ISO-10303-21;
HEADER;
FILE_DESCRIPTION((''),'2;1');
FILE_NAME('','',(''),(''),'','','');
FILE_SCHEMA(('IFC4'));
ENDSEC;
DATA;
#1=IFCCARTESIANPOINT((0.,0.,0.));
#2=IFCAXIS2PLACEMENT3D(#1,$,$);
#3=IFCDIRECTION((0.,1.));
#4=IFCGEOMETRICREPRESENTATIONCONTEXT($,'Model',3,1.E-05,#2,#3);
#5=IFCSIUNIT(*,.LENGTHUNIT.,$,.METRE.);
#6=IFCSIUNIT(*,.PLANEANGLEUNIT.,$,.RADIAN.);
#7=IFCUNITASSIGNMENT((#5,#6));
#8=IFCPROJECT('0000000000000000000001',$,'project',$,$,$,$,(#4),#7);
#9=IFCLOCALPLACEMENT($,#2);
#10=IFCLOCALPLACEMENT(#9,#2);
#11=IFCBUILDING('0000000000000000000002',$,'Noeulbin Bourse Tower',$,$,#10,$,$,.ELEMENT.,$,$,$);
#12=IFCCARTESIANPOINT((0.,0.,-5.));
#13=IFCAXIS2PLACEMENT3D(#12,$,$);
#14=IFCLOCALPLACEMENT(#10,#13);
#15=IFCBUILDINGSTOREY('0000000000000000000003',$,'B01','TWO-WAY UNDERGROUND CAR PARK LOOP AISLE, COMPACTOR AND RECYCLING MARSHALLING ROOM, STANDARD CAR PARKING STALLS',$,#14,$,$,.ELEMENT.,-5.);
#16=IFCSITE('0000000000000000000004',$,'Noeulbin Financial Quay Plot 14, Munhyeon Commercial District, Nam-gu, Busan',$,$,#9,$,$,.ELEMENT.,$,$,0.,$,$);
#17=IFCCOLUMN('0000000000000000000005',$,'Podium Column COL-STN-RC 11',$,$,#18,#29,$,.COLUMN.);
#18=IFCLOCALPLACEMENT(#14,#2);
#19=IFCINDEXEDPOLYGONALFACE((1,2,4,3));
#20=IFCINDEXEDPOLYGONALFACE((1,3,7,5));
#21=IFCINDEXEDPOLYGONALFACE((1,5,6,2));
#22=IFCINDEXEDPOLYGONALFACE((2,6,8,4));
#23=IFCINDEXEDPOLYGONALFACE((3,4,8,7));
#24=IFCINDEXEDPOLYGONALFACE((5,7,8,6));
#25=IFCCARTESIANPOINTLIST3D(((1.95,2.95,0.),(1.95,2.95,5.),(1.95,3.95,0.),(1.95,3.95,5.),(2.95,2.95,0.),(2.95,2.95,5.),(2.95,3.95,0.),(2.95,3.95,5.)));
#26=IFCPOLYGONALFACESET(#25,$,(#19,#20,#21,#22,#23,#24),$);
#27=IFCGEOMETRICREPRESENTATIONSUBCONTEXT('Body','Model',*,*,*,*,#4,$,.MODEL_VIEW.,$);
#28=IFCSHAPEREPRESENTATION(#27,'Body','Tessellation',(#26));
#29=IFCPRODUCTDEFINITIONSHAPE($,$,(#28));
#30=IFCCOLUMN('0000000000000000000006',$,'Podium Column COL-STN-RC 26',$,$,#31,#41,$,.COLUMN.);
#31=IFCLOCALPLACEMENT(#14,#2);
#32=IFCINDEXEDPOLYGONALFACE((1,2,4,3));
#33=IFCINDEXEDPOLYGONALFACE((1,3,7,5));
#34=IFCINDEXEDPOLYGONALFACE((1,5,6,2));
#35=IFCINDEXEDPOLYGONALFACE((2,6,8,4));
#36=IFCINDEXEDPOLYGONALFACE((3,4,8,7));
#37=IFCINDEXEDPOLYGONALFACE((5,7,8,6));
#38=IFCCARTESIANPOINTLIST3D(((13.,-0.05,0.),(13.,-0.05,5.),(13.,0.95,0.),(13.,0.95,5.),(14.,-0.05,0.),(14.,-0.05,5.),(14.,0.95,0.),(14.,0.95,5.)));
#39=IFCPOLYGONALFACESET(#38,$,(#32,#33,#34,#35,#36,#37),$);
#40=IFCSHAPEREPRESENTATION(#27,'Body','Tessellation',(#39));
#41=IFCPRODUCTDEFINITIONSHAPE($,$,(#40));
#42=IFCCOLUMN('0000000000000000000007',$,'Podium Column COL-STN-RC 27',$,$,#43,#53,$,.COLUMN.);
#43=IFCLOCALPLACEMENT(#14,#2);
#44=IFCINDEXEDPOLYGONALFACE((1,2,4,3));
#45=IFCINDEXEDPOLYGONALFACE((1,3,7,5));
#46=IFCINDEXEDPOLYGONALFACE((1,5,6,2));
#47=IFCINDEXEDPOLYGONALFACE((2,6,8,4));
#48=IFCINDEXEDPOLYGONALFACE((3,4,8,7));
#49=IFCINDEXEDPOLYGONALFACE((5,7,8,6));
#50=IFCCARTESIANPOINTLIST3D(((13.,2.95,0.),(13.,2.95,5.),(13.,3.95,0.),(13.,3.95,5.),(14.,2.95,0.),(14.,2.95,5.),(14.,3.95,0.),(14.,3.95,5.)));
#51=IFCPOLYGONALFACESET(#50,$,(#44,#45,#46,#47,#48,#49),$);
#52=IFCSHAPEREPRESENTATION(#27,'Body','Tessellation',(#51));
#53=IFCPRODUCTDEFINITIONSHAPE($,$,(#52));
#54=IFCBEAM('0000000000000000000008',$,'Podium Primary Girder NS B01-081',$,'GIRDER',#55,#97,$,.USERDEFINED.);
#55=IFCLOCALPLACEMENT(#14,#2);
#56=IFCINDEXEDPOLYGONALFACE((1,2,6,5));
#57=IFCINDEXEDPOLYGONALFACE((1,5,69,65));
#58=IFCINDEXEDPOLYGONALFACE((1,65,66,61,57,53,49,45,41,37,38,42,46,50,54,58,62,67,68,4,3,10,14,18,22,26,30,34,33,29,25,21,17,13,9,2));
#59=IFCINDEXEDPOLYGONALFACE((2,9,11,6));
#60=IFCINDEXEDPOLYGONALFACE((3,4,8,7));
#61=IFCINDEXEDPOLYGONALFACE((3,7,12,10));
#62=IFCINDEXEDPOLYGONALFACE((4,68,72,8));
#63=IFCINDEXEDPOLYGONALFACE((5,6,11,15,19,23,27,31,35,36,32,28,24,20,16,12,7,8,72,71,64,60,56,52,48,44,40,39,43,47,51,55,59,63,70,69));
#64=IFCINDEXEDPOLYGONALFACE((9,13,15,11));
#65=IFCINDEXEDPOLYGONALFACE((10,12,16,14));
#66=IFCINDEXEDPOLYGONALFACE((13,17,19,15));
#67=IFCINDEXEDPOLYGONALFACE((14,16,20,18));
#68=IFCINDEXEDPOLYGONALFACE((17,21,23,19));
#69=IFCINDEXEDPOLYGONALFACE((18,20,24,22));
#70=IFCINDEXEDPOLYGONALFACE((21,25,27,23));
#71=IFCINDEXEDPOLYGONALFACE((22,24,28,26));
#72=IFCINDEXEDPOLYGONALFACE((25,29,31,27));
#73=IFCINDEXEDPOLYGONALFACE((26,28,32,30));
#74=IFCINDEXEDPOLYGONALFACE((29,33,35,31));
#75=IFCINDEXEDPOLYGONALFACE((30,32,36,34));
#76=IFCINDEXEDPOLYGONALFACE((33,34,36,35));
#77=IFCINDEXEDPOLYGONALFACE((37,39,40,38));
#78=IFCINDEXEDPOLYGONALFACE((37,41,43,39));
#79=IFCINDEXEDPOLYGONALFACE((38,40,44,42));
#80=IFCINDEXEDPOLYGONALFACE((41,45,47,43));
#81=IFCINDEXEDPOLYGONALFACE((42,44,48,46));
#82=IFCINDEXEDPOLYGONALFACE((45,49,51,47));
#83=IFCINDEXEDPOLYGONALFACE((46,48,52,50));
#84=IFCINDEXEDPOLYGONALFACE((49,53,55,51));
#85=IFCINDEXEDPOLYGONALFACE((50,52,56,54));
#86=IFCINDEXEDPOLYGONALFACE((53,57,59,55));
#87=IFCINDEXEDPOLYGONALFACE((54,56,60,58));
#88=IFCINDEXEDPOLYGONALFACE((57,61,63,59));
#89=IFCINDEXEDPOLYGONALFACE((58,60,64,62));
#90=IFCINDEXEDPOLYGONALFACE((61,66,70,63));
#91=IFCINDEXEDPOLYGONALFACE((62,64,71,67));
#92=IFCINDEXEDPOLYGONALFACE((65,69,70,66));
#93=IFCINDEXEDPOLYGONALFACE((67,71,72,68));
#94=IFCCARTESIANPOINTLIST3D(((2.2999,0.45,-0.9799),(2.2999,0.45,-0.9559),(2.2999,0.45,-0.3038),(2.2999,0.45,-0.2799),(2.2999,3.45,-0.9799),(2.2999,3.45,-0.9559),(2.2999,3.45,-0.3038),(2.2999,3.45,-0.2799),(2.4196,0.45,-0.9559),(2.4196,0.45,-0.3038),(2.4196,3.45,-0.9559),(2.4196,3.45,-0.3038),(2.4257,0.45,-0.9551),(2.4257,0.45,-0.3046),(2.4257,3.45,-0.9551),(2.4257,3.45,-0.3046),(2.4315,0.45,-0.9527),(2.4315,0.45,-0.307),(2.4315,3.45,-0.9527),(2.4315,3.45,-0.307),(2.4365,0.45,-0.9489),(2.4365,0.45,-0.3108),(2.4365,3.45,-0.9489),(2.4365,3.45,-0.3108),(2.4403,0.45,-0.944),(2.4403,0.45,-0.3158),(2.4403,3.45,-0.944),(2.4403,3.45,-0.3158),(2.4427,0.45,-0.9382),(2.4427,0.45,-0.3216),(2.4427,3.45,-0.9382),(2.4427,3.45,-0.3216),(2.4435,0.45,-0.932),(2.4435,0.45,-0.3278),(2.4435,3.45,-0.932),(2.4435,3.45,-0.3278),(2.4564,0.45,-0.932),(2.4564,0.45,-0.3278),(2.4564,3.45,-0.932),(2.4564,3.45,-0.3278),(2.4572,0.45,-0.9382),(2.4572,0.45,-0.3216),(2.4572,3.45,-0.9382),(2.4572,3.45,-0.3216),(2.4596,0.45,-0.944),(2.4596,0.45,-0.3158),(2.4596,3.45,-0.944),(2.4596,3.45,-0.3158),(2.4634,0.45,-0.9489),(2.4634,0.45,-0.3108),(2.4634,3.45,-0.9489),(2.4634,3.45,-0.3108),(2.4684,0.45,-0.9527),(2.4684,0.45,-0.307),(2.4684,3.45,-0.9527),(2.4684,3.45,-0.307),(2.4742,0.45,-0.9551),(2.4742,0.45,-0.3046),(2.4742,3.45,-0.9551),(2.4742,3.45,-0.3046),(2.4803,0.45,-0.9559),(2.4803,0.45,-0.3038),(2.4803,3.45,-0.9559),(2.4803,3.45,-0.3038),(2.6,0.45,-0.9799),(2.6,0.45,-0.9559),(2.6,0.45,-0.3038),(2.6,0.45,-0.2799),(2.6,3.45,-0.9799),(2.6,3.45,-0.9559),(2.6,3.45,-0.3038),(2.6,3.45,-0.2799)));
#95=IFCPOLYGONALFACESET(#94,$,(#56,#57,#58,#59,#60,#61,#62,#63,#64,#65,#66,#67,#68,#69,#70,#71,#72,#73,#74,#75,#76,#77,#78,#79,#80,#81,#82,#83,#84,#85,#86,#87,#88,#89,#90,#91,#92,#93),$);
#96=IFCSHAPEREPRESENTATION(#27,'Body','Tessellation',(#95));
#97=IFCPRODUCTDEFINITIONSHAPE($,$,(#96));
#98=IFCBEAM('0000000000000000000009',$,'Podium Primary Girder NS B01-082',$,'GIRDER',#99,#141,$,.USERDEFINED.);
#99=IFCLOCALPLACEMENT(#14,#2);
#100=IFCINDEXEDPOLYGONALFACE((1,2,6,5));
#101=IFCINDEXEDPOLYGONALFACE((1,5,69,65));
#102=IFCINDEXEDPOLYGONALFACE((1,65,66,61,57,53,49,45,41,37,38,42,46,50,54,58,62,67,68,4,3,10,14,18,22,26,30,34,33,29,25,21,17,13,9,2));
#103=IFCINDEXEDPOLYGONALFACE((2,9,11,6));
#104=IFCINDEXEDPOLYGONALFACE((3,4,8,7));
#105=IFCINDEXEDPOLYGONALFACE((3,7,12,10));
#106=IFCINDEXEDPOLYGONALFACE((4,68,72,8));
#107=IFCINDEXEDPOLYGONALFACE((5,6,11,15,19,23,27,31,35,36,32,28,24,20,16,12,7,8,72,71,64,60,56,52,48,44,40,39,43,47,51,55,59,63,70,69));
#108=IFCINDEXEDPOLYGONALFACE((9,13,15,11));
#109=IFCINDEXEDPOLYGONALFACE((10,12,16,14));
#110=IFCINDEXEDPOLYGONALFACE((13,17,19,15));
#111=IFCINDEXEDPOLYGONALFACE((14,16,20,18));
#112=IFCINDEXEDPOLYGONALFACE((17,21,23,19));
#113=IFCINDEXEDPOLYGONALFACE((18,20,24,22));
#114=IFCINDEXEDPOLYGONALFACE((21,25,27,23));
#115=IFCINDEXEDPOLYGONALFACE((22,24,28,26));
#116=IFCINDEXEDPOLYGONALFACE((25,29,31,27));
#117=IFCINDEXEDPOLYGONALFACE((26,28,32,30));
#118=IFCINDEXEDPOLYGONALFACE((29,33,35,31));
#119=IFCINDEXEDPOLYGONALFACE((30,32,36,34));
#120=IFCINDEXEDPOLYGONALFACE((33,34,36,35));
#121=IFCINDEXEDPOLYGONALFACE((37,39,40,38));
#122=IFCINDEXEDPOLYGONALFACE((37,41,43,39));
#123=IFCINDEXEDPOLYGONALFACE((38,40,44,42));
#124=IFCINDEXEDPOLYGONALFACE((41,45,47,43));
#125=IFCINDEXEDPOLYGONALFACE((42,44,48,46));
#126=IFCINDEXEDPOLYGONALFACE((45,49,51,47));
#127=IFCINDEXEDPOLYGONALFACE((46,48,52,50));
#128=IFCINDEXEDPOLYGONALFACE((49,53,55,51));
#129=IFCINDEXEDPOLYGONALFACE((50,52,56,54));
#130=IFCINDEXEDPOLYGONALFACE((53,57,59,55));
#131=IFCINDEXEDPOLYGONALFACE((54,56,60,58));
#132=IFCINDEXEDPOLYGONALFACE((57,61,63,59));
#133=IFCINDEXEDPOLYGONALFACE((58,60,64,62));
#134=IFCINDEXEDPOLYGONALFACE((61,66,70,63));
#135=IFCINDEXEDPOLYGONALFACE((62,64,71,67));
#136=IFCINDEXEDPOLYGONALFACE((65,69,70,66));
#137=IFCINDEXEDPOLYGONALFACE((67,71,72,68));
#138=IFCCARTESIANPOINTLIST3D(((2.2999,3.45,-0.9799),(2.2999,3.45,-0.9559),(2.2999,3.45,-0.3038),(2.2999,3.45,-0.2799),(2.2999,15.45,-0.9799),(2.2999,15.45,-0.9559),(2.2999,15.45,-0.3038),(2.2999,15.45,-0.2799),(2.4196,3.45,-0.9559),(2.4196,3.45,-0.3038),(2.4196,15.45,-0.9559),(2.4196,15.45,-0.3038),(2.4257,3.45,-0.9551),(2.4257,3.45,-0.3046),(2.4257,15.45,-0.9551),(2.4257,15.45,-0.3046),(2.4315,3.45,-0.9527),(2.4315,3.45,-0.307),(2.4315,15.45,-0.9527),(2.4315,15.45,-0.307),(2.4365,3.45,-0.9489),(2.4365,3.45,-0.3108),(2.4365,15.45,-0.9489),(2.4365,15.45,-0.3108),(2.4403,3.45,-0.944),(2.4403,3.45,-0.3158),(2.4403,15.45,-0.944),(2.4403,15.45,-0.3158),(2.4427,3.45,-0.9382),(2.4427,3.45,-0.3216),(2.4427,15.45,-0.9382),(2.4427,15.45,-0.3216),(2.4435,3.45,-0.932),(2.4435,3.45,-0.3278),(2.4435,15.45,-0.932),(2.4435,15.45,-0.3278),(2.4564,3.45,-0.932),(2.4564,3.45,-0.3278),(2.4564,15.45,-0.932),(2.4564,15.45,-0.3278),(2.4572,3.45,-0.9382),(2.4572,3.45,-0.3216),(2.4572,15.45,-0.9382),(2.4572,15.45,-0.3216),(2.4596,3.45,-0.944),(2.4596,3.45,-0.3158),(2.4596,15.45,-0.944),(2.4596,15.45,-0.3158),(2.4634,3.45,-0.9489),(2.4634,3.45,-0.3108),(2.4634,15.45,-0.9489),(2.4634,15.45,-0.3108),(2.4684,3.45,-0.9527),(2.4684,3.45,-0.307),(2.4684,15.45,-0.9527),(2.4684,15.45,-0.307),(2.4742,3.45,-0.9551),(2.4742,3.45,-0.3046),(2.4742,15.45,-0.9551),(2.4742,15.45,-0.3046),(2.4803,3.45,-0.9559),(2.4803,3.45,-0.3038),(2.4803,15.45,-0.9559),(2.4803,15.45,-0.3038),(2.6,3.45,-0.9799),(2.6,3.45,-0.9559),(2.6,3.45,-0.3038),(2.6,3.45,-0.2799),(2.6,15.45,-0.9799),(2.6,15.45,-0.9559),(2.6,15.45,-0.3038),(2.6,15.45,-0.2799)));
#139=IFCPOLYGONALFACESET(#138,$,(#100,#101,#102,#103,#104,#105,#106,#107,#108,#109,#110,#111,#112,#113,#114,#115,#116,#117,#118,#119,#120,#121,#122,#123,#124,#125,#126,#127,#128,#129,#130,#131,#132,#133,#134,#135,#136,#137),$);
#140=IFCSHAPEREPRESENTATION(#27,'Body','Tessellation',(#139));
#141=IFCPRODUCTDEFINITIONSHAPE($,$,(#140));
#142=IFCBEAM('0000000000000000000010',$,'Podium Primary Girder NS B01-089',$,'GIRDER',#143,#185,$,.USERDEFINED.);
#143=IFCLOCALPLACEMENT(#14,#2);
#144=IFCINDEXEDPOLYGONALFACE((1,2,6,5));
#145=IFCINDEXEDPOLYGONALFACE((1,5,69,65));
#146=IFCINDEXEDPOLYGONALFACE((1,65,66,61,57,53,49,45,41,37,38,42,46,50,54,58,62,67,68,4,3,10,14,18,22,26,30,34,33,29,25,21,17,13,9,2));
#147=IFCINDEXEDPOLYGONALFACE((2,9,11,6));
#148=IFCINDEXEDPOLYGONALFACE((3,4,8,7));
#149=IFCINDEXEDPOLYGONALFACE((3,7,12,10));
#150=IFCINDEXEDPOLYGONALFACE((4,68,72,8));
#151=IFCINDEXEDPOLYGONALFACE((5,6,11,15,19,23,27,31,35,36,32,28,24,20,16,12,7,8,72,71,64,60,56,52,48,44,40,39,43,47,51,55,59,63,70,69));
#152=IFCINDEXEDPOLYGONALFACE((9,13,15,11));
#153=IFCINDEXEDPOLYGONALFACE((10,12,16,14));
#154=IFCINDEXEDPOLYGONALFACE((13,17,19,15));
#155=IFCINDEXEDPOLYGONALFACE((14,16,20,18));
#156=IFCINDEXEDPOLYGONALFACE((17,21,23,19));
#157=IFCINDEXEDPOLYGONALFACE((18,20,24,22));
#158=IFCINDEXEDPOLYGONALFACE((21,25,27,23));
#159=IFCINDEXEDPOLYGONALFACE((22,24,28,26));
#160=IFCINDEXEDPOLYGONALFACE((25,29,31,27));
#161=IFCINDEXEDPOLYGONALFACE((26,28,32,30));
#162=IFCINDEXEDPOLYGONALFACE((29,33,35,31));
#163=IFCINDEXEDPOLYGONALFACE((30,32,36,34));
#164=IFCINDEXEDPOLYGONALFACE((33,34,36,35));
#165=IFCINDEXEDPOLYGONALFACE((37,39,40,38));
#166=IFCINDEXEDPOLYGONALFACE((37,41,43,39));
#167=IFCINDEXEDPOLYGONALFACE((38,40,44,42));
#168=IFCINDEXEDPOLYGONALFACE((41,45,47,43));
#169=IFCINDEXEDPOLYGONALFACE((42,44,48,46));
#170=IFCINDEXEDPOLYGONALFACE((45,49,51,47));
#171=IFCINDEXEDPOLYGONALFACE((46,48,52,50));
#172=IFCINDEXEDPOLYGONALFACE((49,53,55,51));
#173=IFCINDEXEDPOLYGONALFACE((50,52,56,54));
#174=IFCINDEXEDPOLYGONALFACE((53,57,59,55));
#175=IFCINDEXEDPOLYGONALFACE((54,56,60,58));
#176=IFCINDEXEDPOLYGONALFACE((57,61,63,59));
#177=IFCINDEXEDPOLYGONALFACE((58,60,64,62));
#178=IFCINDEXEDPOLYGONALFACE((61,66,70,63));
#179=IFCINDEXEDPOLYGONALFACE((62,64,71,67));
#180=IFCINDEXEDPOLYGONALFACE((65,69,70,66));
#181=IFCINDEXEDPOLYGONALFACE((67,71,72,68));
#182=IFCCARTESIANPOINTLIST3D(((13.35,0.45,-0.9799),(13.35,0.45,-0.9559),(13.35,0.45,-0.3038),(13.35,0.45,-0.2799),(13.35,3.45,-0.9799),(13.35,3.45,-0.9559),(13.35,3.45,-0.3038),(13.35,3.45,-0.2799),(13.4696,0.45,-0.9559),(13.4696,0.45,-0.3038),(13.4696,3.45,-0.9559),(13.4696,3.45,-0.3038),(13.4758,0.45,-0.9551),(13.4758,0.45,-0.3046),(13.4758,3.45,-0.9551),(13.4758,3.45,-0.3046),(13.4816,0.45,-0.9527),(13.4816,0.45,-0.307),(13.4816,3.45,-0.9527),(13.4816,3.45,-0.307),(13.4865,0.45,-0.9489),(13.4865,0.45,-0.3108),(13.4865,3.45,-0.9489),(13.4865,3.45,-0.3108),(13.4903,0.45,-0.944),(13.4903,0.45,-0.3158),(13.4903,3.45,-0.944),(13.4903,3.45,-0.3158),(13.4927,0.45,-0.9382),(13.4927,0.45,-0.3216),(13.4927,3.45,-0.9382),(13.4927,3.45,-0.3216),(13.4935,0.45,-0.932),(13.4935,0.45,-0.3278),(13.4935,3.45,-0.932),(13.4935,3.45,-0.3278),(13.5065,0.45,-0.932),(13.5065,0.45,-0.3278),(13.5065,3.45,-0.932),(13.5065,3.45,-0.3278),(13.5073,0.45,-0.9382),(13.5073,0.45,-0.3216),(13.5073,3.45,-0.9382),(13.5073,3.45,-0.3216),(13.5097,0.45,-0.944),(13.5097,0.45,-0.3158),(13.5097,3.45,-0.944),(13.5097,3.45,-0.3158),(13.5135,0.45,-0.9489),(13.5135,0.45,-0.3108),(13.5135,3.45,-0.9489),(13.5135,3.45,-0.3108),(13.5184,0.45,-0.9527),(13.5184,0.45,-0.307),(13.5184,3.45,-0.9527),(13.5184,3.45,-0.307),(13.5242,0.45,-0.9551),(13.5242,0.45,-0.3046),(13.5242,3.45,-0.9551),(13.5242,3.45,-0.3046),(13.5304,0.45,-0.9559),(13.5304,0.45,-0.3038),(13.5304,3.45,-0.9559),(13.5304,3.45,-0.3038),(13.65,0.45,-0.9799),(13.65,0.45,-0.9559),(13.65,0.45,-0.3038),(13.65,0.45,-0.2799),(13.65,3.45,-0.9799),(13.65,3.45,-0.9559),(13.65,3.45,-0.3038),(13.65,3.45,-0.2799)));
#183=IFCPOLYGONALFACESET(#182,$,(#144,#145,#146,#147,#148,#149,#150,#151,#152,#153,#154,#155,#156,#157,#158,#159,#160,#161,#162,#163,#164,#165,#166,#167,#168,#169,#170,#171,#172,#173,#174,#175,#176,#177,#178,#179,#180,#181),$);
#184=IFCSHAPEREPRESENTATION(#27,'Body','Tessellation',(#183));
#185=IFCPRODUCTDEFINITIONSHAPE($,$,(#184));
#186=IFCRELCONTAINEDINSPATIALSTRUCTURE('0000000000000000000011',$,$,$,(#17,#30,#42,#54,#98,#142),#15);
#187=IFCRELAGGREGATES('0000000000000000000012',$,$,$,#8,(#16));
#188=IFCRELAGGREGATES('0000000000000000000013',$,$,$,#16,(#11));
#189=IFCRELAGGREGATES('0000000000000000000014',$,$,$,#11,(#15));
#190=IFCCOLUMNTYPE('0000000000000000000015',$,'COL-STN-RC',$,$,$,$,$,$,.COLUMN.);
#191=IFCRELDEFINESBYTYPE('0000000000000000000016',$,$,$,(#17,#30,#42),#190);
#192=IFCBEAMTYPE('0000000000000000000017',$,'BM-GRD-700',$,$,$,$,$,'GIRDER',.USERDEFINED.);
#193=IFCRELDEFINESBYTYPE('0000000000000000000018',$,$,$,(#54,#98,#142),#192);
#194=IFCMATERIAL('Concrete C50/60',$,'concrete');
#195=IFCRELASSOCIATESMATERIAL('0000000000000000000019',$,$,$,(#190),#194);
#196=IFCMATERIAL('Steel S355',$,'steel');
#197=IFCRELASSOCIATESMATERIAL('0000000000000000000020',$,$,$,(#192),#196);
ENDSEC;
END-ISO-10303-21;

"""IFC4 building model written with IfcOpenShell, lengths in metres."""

from ifc_helpers import new_model, si_unit, direction, frame, origin, origin_2d, place, context, subcontext, project, spatial, rectangle, i_section, extrude, material, material_profile, profile_set, type_object, element, save


model = new_model("IFC4")

# Units and contexts
model_context = context("Model", 3, precision=1e-05, world=origin(), true_north=direction((0.0, 1.0)))
body_context = subcontext(model_context, "Body", "Model", "MODEL_VIEW")
ifc_project = project(units=[si_unit("LENGTHUNIT", "METRE"), si_unit("PLANEANGLEUNIT", "RADIAN")], contexts=[model_context])

# Site, building, storey
site_placement = place(None, origin())
site = spatial("IfcSite", under=ifc_project, at=site_placement, Name="Noeulbin Financial Quay Plot 14, Munhyeon Commercial District, Nam-gu, Busan", CompositionType="ELEMENT", RefElevation=0.0)
building_placement = place(site_placement, origin())
building = spatial("IfcBuilding", under=site, at=building_placement, Name="Noeulbin Bourse Tower", CompositionType="ELEMENT")
storey_placement = place(building_placement, frame((0.0, 0.0, -5.0)))
storey = spatial("IfcBuildingStorey", under=building, at=storey_placement, Name="B01", Description="TWO-WAY UNDERGROUND CAR PARK LOOP AISLE, COMPACTOR AND RECYCLING MARSHALLING ROOM, STANDARD CAR PARKING STALLS", CompositionType="ELEMENT", Elevation=-5.0)

# Columns
ifc_material_1 = material(Name="Concrete C50/60", Category="concrete")
ifc_material_profile_1 = material_profile(ifc_material_1, rectangle(XDim=1.0, YDim=1.0, at=origin_2d()), Name="RC-COL-1000x1000", Category="LoadBearing")
ifc_profile_set_1 = profile_set([ifc_material_profile_1], Name="Concrete C50/60")
column_type = type_object("IfcColumnType", Name="COL-STN-RC", PredefinedType="COLUMN", material=ifc_profile_set_1)
for number, where, z_axis, x_axis, name in (
    (1, (2.45, 3.45, 0.0), (0.0, 0.0, 1.0), (1.0, 0.0, 0.0), "Podium Column COL-STN-RC 11"),
    (2, (13.5, 0.45, 0.0), (0.0, 0.0, 1.0), (1.0, 0.0, 0.0), "Podium Column COL-STN-RC 26"),
    (3, (13.5, 3.45, 0.0), (0.0, 0.0, 1.0), (1.0, 0.0, 0.0), "Podium Column COL-STN-RC 27"),
):
    element("IfcColumn", number, at=place(storey_placement, frame(where, z_axis=z_axis, x_axis=x_axis)), inside=storey, type_object=column_type, Name=name, PredefinedType="COLUMN", context=body_context, shape_type="SweptSolid", body=[
        extrude(rectangle(XDim=1.0, YDim=1.0, at=origin_2d()), origin(), (0.0, 0.0, 1.0), 5.0),
    ])

# Beams
ifc_material_2 = material(Name="Steel S355", Category="steel")
ifc_material_profile_2 = material_profile(ifc_material_2, i_section(OverallWidth=0.3, OverallDepth=0.7, WebThickness=0.0129, FlangeThickness=0.0239, FilletRadius=0.0239, at=origin_2d()), Name="H-700x300x13x24", Category="LoadBearing")
ifc_profile_set_2 = profile_set([ifc_material_profile_2], Name="Steel S355")
beam_type_1 = type_object("IfcBeamType", Name="BM-GRD-700", ElementType="GIRDER", PredefinedType="USERDEFINED", material=ifc_profile_set_2)
beam_1_placement = place(storey_placement, frame((2.45, 0.45, -0.6299), z_axis=(0.0, 1.0, 0.0), x_axis=(-1.0, 0.0, 0.0)))
element("IfcBeam", 4, at=beam_1_placement, inside=storey, type_object=beam_type_1, Name="Podium Primary Girder NS B01-081", ObjectType="GIRDER", PredefinedType="USERDEFINED", context=body_context, shape_type="SweptSolid", body=[
    extrude(i_section(OverallWidth=0.3, OverallDepth=0.7, WebThickness=0.0129, FlangeThickness=0.0239, FilletRadius=0.0239, at=origin_2d()), origin(), (0.0, 0.0, 1.0), 3.0),
])
beam_2_placement = place(storey_placement, frame((2.45, 3.45, -0.6299), z_axis=(0.0, 1.0, 0.0), x_axis=(-1.0, 0.0, 0.0)))
element("IfcBeam", 5, at=beam_2_placement, inside=storey, type_object=beam_type_1, Name="Podium Primary Girder NS B01-082", ObjectType="GIRDER", PredefinedType="USERDEFINED", context=body_context, shape_type="SweptSolid", body=[
    extrude(i_section(OverallWidth=0.3, OverallDepth=0.7, WebThickness=0.0129, FlangeThickness=0.0239, FilletRadius=0.0239, at=origin_2d()), origin(), (0.0, 0.0, 1.0), 12.0),
])
beam_3_placement = place(storey_placement, frame((13.5, 0.45, -0.6299), z_axis=(0.0, 1.0, 0.0), x_axis=(-1.0, 0.0, 0.0)))
element("IfcBeam", 6, at=beam_3_placement, inside=storey, type_object=beam_type_1, Name="Podium Primary Girder NS B01-089", ObjectType="GIRDER", PredefinedType="USERDEFINED", context=body_context, shape_type="SweptSolid", body=[
    extrude(i_section(OverallWidth=0.3, OverallDepth=0.7, WebThickness=0.0129, FlangeThickness=0.0239, FilletRadius=0.0239, at=origin_2d()), origin(), (0.0, 0.0, 1.0), 3.0),
])

save(model, "model.ifc")
